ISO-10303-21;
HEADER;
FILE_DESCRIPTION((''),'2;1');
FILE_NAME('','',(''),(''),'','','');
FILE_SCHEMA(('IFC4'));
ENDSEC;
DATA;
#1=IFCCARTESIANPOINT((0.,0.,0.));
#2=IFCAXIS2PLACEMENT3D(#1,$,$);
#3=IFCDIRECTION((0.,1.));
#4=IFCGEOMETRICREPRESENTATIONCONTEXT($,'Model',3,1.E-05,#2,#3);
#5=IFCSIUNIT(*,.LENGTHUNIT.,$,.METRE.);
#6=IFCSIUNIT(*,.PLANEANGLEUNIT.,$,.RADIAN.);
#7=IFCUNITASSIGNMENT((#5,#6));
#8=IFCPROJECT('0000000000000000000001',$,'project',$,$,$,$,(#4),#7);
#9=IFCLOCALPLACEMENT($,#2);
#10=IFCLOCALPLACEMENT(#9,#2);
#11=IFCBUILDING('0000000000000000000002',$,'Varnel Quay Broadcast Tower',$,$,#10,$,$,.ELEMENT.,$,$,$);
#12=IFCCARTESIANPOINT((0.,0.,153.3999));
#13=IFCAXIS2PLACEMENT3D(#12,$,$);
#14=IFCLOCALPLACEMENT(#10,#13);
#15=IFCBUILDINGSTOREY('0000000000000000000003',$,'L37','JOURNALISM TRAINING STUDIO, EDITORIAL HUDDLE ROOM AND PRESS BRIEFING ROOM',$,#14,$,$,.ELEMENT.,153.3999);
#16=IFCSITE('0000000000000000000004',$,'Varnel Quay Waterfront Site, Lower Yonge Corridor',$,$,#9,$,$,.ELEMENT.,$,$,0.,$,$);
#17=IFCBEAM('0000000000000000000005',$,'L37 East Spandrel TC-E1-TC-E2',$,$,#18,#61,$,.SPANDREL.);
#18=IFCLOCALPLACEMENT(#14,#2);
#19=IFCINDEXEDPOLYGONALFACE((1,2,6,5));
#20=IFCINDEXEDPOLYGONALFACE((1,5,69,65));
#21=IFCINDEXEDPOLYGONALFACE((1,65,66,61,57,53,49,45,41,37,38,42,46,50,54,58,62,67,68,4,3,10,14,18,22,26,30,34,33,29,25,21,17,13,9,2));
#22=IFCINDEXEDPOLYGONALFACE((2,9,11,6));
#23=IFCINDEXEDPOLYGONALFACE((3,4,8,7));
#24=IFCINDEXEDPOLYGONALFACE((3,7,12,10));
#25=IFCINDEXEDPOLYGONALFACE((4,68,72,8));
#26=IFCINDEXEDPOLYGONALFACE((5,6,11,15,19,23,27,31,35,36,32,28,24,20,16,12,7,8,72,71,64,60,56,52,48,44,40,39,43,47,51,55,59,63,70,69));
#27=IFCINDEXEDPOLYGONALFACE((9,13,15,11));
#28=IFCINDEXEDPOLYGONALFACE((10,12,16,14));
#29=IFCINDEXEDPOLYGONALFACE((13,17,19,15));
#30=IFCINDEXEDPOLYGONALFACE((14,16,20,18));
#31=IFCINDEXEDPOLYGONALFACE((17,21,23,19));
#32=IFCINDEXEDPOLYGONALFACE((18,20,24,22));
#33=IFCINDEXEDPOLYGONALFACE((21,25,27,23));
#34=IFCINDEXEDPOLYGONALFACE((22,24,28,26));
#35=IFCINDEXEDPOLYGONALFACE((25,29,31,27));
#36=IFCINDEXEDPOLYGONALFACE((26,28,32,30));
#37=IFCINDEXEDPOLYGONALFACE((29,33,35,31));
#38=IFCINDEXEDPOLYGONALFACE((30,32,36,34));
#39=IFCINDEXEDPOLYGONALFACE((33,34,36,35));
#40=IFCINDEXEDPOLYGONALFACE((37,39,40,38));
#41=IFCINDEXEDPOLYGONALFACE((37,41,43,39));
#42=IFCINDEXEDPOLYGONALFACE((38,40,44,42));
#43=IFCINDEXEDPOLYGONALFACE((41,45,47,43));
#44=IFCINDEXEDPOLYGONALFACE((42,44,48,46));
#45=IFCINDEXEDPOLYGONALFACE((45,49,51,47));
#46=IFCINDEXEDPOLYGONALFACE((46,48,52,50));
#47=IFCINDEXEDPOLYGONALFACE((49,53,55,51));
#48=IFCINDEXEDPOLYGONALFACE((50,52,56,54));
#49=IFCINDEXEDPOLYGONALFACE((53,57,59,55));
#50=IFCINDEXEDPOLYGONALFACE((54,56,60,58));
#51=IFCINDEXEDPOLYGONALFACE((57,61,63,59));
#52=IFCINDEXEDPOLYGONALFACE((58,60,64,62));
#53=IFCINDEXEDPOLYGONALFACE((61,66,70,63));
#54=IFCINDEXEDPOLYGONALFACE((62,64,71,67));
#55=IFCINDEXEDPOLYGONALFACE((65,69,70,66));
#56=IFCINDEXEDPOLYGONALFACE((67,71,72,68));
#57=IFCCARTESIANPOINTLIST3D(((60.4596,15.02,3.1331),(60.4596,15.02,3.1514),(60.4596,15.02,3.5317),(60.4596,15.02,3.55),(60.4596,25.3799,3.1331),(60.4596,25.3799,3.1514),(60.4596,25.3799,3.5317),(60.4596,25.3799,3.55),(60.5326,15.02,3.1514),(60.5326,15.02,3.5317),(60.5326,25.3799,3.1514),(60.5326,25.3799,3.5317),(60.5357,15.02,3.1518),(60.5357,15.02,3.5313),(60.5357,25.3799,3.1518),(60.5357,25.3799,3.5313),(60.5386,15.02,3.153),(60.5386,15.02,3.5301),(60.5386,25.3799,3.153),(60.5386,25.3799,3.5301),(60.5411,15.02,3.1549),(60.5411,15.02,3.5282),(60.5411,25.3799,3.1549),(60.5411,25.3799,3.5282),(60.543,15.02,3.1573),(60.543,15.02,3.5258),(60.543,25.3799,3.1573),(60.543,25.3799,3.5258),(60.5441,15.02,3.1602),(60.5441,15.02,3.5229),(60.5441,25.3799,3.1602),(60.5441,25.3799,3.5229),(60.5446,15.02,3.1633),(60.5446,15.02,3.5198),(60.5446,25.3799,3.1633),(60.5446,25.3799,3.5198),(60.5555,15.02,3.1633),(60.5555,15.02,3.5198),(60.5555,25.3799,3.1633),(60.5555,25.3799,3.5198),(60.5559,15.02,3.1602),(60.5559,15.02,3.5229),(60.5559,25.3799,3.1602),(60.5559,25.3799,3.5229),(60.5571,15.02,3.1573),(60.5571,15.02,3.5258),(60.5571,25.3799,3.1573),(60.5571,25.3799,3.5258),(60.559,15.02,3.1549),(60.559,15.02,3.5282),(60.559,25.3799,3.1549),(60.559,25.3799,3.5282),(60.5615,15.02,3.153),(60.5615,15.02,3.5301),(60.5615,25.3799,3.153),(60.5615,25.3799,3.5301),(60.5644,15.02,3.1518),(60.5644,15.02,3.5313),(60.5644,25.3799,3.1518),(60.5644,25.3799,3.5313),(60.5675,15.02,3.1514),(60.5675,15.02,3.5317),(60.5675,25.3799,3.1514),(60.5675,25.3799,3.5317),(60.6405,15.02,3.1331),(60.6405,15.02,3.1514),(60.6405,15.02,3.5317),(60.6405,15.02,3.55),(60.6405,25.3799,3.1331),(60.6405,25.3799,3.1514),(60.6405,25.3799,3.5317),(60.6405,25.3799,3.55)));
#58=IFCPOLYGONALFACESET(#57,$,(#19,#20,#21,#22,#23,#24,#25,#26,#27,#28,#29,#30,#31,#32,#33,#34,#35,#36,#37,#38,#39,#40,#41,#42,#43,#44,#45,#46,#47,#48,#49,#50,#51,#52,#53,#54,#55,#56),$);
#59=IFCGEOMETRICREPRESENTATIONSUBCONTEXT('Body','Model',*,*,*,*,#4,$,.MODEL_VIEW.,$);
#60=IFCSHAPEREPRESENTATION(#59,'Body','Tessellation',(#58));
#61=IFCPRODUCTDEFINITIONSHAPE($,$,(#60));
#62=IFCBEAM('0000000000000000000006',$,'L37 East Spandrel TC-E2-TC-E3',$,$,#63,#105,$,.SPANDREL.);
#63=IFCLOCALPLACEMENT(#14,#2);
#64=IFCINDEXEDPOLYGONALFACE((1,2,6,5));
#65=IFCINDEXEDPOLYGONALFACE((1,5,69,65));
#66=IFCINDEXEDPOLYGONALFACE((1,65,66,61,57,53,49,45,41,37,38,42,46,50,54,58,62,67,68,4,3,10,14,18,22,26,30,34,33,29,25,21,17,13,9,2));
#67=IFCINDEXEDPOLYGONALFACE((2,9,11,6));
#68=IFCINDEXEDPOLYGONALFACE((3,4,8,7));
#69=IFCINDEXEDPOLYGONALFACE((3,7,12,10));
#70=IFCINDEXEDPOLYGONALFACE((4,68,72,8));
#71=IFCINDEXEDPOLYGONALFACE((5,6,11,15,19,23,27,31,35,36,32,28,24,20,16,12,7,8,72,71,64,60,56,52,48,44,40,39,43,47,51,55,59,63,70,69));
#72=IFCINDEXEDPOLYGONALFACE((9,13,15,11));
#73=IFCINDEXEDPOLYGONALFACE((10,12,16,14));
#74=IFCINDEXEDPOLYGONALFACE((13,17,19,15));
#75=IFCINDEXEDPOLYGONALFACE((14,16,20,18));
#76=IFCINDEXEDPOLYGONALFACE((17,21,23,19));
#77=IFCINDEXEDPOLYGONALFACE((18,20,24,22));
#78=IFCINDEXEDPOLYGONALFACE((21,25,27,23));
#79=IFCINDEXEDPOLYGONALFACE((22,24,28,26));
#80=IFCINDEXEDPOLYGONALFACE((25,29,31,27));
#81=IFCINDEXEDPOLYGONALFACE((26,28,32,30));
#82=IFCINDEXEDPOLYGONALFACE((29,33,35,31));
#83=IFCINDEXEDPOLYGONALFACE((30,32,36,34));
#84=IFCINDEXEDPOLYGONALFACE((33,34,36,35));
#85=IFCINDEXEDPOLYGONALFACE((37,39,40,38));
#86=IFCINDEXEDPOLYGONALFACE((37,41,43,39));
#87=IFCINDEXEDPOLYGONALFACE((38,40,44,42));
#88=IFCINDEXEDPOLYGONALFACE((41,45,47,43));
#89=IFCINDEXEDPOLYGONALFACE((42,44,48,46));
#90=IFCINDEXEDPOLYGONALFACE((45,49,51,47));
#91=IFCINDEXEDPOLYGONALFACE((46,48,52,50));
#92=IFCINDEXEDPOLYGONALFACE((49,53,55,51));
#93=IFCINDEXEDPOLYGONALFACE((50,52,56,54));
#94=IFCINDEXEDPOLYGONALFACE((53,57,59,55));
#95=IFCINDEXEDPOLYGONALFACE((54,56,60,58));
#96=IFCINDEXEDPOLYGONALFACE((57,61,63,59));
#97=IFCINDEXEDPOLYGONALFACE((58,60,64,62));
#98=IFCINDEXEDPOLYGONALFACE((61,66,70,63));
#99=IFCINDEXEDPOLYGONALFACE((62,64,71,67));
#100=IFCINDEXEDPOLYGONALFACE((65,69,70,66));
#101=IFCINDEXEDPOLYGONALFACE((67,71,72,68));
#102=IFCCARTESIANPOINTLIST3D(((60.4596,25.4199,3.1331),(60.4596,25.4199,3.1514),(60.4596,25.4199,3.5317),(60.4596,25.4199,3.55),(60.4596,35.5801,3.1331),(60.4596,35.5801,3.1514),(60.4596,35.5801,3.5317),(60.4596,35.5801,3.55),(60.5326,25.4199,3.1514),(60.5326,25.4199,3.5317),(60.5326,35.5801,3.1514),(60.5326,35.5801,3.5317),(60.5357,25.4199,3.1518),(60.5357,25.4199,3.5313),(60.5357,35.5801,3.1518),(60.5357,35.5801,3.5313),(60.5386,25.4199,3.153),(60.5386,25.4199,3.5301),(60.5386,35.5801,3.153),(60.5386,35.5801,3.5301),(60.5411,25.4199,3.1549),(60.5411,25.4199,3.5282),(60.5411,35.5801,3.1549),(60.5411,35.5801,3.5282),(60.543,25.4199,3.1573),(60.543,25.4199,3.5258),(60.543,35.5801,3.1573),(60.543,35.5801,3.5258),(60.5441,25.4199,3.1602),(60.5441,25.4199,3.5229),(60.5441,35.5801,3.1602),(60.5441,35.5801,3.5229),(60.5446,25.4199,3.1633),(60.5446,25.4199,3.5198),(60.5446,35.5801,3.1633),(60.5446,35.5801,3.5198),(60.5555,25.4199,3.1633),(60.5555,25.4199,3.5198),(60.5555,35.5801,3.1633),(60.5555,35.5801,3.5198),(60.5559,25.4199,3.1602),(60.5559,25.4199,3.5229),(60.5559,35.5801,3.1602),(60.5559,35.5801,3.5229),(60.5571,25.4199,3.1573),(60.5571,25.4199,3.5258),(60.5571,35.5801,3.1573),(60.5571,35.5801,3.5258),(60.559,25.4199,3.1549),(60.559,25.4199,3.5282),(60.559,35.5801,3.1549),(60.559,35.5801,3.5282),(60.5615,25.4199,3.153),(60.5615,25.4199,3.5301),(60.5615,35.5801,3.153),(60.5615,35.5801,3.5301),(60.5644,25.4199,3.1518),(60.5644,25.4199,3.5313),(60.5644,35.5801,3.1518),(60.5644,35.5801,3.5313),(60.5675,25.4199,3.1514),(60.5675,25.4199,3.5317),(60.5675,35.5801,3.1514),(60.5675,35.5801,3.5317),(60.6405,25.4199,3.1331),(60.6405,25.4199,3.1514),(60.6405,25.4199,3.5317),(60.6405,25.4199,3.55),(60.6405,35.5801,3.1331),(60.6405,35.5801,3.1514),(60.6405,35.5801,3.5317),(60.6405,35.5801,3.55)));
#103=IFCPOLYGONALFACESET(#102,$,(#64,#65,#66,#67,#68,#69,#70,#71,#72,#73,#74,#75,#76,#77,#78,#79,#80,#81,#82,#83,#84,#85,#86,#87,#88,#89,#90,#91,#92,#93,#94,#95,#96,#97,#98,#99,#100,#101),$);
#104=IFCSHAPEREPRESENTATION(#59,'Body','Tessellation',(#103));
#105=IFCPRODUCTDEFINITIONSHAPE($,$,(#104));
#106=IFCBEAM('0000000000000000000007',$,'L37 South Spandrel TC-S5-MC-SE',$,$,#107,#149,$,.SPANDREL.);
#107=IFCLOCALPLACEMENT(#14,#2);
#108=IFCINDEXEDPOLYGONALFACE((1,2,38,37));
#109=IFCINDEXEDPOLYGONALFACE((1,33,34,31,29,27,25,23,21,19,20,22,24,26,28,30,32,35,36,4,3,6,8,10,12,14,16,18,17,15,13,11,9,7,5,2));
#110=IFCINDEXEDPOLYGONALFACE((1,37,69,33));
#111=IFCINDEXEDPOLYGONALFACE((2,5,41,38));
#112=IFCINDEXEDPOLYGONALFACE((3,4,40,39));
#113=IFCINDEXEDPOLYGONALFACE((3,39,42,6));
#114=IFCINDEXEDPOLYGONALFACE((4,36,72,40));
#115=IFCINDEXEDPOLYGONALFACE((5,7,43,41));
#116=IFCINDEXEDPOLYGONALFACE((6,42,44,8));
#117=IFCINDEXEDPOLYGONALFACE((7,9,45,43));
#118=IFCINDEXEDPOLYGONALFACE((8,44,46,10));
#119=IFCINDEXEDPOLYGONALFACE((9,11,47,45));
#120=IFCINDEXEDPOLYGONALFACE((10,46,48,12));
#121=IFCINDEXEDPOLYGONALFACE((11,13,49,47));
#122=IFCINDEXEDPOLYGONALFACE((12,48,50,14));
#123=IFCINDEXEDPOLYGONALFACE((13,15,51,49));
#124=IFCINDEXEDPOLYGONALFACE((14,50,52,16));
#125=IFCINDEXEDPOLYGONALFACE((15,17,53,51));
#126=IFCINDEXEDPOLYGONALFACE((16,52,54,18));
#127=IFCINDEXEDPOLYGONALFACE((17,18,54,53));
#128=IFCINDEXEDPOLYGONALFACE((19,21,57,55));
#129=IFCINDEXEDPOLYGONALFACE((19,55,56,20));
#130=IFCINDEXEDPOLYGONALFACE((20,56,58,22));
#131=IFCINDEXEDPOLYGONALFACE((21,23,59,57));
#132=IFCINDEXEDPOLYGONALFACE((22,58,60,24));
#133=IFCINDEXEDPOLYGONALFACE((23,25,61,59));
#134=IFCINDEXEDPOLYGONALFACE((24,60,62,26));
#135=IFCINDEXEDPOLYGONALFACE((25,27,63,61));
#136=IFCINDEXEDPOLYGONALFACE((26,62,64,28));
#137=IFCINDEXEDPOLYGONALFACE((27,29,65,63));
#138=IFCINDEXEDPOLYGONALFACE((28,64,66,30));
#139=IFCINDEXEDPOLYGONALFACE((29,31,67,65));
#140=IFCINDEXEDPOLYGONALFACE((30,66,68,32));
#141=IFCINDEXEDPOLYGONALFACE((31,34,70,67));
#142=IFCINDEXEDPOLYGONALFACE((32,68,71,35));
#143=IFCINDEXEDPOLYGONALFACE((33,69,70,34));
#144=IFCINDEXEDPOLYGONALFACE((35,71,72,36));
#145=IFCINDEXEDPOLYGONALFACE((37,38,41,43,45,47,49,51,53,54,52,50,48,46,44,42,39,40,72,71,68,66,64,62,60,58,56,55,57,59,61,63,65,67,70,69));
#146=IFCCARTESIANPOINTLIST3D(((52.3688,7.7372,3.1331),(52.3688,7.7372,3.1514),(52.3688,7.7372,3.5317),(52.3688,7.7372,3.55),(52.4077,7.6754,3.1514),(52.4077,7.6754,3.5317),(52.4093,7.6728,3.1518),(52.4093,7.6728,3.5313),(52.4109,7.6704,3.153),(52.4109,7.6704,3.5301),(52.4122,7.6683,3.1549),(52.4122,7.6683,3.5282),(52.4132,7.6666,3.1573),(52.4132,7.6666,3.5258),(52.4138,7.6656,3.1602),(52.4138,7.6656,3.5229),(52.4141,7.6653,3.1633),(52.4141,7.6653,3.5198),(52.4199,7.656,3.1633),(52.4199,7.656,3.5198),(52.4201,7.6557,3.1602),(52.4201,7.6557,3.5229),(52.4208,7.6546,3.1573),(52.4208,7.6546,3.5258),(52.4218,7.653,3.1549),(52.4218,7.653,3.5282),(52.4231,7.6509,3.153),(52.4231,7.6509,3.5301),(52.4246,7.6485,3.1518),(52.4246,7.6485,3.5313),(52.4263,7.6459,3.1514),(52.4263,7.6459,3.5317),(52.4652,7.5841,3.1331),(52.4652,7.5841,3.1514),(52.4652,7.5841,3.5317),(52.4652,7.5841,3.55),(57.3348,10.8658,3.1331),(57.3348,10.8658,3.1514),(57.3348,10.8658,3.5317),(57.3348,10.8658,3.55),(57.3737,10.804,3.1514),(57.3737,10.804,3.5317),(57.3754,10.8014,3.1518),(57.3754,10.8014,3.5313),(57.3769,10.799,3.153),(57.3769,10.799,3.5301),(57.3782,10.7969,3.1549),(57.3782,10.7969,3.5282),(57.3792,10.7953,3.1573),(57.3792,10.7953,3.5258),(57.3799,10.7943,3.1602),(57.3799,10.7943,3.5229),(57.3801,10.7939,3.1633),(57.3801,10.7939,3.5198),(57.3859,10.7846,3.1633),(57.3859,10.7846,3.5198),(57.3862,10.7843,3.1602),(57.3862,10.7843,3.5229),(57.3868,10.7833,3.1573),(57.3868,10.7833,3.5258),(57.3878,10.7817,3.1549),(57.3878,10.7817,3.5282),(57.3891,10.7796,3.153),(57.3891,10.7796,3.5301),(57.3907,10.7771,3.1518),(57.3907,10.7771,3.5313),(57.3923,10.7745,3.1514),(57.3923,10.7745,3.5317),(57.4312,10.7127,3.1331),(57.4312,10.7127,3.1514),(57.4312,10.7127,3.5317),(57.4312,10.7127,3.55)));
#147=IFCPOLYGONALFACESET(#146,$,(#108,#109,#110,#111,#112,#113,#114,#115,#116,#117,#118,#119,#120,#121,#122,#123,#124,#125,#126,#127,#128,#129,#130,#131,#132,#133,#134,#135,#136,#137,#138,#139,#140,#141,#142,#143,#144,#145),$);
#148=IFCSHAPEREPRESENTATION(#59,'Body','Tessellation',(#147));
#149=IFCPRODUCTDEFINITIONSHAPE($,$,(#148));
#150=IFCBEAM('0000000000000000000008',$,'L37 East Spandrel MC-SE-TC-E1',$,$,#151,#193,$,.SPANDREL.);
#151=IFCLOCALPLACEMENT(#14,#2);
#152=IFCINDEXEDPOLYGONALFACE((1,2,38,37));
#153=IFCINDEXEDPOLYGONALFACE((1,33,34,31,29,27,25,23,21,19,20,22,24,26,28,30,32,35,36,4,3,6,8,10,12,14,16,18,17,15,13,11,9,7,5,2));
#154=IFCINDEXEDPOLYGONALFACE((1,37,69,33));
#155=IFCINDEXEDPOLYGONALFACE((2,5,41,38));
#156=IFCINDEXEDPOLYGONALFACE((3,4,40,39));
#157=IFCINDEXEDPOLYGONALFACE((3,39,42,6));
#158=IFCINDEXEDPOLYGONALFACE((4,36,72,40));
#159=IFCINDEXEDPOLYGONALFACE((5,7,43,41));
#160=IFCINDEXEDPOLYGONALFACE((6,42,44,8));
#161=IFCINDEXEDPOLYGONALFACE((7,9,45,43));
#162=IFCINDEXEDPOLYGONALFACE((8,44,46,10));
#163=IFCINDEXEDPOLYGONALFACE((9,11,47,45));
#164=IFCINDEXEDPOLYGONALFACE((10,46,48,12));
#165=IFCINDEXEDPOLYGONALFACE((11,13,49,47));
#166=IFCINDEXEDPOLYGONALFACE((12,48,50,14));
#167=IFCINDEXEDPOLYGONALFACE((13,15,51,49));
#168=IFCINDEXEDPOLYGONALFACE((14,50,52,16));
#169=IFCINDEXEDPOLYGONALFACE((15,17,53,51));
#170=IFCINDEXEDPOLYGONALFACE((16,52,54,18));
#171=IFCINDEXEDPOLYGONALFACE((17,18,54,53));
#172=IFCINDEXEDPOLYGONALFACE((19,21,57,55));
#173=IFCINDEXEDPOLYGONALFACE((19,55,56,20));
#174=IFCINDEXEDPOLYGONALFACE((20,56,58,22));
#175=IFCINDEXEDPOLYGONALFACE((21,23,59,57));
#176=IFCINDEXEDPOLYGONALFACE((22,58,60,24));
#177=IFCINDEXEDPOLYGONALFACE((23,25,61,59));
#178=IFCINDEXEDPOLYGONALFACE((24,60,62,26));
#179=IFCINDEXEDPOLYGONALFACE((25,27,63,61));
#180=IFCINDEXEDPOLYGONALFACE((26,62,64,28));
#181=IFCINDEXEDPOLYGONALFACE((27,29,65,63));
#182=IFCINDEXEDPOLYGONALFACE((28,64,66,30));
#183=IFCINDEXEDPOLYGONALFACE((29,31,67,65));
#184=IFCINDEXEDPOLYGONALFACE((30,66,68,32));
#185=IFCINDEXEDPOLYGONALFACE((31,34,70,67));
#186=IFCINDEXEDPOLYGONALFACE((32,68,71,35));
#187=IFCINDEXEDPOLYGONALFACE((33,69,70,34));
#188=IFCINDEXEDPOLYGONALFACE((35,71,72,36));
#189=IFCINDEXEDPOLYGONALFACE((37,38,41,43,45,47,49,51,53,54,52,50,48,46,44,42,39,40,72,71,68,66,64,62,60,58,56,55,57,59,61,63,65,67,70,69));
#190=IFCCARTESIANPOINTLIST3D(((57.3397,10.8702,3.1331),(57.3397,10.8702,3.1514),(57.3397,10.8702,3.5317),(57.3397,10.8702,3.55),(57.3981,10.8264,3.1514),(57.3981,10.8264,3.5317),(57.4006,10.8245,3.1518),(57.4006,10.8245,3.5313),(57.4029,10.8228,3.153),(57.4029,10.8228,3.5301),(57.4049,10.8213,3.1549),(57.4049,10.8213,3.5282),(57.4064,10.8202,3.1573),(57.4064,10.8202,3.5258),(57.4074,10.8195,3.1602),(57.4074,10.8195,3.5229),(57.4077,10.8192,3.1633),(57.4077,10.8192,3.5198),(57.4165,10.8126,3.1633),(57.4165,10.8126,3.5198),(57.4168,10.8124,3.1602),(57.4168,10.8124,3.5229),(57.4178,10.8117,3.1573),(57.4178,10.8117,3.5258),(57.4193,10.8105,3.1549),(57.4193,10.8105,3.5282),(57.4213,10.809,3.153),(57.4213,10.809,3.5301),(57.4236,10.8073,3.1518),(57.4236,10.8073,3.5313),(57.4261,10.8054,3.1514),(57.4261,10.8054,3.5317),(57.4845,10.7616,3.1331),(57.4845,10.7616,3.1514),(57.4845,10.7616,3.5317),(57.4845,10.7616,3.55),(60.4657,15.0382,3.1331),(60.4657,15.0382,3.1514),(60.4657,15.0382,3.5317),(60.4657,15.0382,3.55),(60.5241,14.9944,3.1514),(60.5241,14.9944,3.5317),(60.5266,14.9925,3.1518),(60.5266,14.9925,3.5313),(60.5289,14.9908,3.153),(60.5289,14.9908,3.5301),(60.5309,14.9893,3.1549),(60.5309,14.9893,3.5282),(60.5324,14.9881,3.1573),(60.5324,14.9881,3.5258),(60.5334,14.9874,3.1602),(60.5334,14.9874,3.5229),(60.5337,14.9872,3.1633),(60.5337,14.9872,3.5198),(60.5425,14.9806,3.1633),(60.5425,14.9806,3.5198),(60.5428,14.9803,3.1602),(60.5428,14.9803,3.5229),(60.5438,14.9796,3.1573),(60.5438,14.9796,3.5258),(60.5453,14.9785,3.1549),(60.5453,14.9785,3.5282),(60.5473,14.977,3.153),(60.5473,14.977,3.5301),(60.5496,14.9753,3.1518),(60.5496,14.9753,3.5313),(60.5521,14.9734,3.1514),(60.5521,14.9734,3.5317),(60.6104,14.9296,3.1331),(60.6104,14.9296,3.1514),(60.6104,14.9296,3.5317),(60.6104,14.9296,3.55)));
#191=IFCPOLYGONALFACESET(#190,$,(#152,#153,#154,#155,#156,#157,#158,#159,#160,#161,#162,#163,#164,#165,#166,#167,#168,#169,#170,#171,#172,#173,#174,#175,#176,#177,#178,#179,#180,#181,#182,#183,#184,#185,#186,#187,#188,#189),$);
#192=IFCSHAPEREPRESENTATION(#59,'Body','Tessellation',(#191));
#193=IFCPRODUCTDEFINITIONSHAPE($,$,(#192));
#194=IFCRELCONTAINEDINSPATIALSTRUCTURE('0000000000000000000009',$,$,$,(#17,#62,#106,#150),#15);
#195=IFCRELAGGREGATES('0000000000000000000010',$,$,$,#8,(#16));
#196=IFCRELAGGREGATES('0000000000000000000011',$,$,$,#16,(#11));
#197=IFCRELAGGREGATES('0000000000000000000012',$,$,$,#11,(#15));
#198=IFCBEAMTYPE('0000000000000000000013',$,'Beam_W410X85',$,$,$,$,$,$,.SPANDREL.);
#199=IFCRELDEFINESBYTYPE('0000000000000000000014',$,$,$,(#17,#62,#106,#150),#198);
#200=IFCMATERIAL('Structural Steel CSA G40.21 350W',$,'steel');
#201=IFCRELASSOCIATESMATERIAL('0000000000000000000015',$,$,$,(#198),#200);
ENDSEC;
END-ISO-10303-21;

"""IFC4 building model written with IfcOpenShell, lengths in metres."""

from ifc_helpers import new_model, si_unit, direction, frame, origin, origin_2d, place, context, subcontext, project, spatial, i_section, extrude, source, transform, mapped, material, material_profile, profile_set, type_object, type_shapes, element, save


model = new_model("IFC4")

# Units and contexts
model_context = context("Model", 3, precision=1e-05, world=origin(), true_north=direction((0.0, 1.0)))
body_context = subcontext(model_context, "Body", "Model", "MODEL_VIEW")
ifc_project = project(units=[si_unit("LENGTHUNIT", "METRE"), si_unit("PLANEANGLEUNIT", "RADIAN")], contexts=[model_context])

# Site, building, storey
site_placement = place(None, origin())
site = spatial("IfcSite", under=ifc_project, at=site_placement, Name="Varnel Quay Waterfront Site, Lower Yonge Corridor", CompositionType="ELEMENT", RefElevation=0.0)
building_placement = place(site_placement, origin())
building = spatial("IfcBuilding", under=site, at=building_placement, Name="Varnel Quay Broadcast Tower", CompositionType="ELEMENT")
storey_placement = place(building_placement, frame((0.0, 0.0, 153.3999)))
storey = spatial("IfcBuildingStorey", under=building, at=storey_placement, Name="L37", Description="JOURNALISM TRAINING STUDIO, EDITORIAL HUDDLE ROOM AND PRESS BRIEFING ROOM", CompositionType="ELEMENT", Elevation=153.3999)

# Shared definitions
ifc_material_1 = material(Name="Structural Steel CSA G40.21 350W", Category="steel")

# Beams
ifc_material_profile_1 = material_profile(ifc_material_1, i_section(OverallWidth=0.1809, OverallDepth=0.417, WebThickness=0.011, FlangeThickness=0.0183, FilletRadius=0.012, at=origin_2d()), Name="W410X85")
ifc_profile_set_1 = profile_set([ifc_material_profile_1], Name="Structural Steel CSA G40.21 350W")
beam_type = type_object("IfcBeamType", Name="Beam_W410X85", PredefinedType="SPANDREL", material=ifc_profile_set_1)
shared_shape_1 = source(origin(), body_context, "Body", "SweptSolid", [
    extrude(i_section(OverallWidth=0.1809, OverallDepth=0.417, WebThickness=0.011, FlangeThickness=0.0183, FilletRadius=0.012, at=origin_2d()), origin(), (0.0, 0.0, 1.0), 10.3599),
])
beam_1_placement = place(storey_placement, frame((60.55, 15.02, 3.3416), z_axis=(0.0, 1.0, 0.0), x_axis=(-1.0, 0.0, 0.0)))
element("IfcBeam", 1, at=beam_1_placement, inside=storey, type_object=beam_type, Name="L37 East Spandrel TC-E1-TC-E2", PredefinedType="SPANDREL", context=body_context, shape_type="MappedRepresentation", body=[
    mapped(shared_shape_1, transform((0.0, 0.0, 0.0), x_axis=(1.0, 0.0, 0.0), y_axis=(0.0, 1.0, 0.0), z_axis=(0.0, 0.0, 1.0), scale=1.0)),
])
shared_shape_2 = source(origin(), body_context, "Body", "SweptSolid", [
    extrude(i_section(OverallWidth=0.1809, OverallDepth=0.417, WebThickness=0.011, FlangeThickness=0.0183, FilletRadius=0.012, at=origin_2d()), origin(), (0.0, 0.0, 1.0), 10.1602),
])
beam_2_placement = place(storey_placement, frame((60.55, 25.4199, 3.3416), z_axis=(0.0, 1.0, 0.0), x_axis=(-1.0, 0.0, 0.0)))
element("IfcBeam", 2, at=beam_2_placement, inside=storey, type_object=beam_type, Name="L37 East Spandrel TC-E2-TC-E3", PredefinedType="SPANDREL", context=body_context, shape_type="MappedRepresentation", body=[
    mapped(shared_shape_2, transform((0.0, 0.0, 0.0), x_axis=(1.0, 0.0, 0.0), y_axis=(0.0, 1.0, 0.0), z_axis=(0.0, 0.0, 1.0), scale=1.0)),
])
shared_shape_3 = source(origin(), body_context, "Body", "SweptSolid", [
    extrude(i_section(OverallWidth=0.1809, OverallDepth=0.417, WebThickness=0.011, FlangeThickness=0.0183, FilletRadius=0.012, at=origin_2d()), origin(), (0.0, 0.0, 1.0), 5.8694),
])
beam_3_placement = place(storey_placement, frame((52.417, 7.6606, 3.3416), z_axis=(0.846088, 0.533043, 0.0), x_axis=(-0.533043, 0.846088, 0.0)))
element("IfcBeam", 3, at=beam_3_placement, inside=storey, type_object=beam_type, Name="L37 South Spandrel TC-S5-MC-SE", PredefinedType="SPANDREL", context=body_context, shape_type="MappedRepresentation", body=[
    mapped(shared_shape_3, transform((0.0, 0.0, 0.0), x_axis=(1.0, 0.0, 0.0), y_axis=(0.0, 1.0, 0.0), z_axis=(0.0, 0.0, 1.0), scale=1.0)),
])
shared_shape_4 = source(origin(), body_context, "Body", "SweptSolid", [
    extrude(i_section(OverallWidth=0.1809, OverallDepth=0.417, WebThickness=0.011, FlangeThickness=0.0183, FilletRadius=0.012, at=origin_2d()), origin(), (0.0, 0.0, 1.0), 5.21),
])
type_shapes(beam_type, [shared_shape_1, shared_shape_2, shared_shape_3, shared_shape_4])
beam_4_placement = place(storey_placement, frame((57.4121, 10.8159, 3.3416), z_axis=(0.6, 0.8, 0.0), x_axis=(-0.8, 0.6, 0.0)))
element("IfcBeam", 4, at=beam_4_placement, inside=storey, type_object=beam_type, Name="L37 East Spandrel MC-SE-TC-E1", PredefinedType="SPANDREL", context=body_context, shape_type="MappedRepresentation", body=[
    mapped(shared_shape_4, transform((0.0, 0.0, 0.0), x_axis=(1.0, 0.0, 0.0), y_axis=(0.0, 1.0, 0.0), z_axis=(0.0, 0.0, 1.0), scale=1.0)),
])

save(model, "model.ifc")
